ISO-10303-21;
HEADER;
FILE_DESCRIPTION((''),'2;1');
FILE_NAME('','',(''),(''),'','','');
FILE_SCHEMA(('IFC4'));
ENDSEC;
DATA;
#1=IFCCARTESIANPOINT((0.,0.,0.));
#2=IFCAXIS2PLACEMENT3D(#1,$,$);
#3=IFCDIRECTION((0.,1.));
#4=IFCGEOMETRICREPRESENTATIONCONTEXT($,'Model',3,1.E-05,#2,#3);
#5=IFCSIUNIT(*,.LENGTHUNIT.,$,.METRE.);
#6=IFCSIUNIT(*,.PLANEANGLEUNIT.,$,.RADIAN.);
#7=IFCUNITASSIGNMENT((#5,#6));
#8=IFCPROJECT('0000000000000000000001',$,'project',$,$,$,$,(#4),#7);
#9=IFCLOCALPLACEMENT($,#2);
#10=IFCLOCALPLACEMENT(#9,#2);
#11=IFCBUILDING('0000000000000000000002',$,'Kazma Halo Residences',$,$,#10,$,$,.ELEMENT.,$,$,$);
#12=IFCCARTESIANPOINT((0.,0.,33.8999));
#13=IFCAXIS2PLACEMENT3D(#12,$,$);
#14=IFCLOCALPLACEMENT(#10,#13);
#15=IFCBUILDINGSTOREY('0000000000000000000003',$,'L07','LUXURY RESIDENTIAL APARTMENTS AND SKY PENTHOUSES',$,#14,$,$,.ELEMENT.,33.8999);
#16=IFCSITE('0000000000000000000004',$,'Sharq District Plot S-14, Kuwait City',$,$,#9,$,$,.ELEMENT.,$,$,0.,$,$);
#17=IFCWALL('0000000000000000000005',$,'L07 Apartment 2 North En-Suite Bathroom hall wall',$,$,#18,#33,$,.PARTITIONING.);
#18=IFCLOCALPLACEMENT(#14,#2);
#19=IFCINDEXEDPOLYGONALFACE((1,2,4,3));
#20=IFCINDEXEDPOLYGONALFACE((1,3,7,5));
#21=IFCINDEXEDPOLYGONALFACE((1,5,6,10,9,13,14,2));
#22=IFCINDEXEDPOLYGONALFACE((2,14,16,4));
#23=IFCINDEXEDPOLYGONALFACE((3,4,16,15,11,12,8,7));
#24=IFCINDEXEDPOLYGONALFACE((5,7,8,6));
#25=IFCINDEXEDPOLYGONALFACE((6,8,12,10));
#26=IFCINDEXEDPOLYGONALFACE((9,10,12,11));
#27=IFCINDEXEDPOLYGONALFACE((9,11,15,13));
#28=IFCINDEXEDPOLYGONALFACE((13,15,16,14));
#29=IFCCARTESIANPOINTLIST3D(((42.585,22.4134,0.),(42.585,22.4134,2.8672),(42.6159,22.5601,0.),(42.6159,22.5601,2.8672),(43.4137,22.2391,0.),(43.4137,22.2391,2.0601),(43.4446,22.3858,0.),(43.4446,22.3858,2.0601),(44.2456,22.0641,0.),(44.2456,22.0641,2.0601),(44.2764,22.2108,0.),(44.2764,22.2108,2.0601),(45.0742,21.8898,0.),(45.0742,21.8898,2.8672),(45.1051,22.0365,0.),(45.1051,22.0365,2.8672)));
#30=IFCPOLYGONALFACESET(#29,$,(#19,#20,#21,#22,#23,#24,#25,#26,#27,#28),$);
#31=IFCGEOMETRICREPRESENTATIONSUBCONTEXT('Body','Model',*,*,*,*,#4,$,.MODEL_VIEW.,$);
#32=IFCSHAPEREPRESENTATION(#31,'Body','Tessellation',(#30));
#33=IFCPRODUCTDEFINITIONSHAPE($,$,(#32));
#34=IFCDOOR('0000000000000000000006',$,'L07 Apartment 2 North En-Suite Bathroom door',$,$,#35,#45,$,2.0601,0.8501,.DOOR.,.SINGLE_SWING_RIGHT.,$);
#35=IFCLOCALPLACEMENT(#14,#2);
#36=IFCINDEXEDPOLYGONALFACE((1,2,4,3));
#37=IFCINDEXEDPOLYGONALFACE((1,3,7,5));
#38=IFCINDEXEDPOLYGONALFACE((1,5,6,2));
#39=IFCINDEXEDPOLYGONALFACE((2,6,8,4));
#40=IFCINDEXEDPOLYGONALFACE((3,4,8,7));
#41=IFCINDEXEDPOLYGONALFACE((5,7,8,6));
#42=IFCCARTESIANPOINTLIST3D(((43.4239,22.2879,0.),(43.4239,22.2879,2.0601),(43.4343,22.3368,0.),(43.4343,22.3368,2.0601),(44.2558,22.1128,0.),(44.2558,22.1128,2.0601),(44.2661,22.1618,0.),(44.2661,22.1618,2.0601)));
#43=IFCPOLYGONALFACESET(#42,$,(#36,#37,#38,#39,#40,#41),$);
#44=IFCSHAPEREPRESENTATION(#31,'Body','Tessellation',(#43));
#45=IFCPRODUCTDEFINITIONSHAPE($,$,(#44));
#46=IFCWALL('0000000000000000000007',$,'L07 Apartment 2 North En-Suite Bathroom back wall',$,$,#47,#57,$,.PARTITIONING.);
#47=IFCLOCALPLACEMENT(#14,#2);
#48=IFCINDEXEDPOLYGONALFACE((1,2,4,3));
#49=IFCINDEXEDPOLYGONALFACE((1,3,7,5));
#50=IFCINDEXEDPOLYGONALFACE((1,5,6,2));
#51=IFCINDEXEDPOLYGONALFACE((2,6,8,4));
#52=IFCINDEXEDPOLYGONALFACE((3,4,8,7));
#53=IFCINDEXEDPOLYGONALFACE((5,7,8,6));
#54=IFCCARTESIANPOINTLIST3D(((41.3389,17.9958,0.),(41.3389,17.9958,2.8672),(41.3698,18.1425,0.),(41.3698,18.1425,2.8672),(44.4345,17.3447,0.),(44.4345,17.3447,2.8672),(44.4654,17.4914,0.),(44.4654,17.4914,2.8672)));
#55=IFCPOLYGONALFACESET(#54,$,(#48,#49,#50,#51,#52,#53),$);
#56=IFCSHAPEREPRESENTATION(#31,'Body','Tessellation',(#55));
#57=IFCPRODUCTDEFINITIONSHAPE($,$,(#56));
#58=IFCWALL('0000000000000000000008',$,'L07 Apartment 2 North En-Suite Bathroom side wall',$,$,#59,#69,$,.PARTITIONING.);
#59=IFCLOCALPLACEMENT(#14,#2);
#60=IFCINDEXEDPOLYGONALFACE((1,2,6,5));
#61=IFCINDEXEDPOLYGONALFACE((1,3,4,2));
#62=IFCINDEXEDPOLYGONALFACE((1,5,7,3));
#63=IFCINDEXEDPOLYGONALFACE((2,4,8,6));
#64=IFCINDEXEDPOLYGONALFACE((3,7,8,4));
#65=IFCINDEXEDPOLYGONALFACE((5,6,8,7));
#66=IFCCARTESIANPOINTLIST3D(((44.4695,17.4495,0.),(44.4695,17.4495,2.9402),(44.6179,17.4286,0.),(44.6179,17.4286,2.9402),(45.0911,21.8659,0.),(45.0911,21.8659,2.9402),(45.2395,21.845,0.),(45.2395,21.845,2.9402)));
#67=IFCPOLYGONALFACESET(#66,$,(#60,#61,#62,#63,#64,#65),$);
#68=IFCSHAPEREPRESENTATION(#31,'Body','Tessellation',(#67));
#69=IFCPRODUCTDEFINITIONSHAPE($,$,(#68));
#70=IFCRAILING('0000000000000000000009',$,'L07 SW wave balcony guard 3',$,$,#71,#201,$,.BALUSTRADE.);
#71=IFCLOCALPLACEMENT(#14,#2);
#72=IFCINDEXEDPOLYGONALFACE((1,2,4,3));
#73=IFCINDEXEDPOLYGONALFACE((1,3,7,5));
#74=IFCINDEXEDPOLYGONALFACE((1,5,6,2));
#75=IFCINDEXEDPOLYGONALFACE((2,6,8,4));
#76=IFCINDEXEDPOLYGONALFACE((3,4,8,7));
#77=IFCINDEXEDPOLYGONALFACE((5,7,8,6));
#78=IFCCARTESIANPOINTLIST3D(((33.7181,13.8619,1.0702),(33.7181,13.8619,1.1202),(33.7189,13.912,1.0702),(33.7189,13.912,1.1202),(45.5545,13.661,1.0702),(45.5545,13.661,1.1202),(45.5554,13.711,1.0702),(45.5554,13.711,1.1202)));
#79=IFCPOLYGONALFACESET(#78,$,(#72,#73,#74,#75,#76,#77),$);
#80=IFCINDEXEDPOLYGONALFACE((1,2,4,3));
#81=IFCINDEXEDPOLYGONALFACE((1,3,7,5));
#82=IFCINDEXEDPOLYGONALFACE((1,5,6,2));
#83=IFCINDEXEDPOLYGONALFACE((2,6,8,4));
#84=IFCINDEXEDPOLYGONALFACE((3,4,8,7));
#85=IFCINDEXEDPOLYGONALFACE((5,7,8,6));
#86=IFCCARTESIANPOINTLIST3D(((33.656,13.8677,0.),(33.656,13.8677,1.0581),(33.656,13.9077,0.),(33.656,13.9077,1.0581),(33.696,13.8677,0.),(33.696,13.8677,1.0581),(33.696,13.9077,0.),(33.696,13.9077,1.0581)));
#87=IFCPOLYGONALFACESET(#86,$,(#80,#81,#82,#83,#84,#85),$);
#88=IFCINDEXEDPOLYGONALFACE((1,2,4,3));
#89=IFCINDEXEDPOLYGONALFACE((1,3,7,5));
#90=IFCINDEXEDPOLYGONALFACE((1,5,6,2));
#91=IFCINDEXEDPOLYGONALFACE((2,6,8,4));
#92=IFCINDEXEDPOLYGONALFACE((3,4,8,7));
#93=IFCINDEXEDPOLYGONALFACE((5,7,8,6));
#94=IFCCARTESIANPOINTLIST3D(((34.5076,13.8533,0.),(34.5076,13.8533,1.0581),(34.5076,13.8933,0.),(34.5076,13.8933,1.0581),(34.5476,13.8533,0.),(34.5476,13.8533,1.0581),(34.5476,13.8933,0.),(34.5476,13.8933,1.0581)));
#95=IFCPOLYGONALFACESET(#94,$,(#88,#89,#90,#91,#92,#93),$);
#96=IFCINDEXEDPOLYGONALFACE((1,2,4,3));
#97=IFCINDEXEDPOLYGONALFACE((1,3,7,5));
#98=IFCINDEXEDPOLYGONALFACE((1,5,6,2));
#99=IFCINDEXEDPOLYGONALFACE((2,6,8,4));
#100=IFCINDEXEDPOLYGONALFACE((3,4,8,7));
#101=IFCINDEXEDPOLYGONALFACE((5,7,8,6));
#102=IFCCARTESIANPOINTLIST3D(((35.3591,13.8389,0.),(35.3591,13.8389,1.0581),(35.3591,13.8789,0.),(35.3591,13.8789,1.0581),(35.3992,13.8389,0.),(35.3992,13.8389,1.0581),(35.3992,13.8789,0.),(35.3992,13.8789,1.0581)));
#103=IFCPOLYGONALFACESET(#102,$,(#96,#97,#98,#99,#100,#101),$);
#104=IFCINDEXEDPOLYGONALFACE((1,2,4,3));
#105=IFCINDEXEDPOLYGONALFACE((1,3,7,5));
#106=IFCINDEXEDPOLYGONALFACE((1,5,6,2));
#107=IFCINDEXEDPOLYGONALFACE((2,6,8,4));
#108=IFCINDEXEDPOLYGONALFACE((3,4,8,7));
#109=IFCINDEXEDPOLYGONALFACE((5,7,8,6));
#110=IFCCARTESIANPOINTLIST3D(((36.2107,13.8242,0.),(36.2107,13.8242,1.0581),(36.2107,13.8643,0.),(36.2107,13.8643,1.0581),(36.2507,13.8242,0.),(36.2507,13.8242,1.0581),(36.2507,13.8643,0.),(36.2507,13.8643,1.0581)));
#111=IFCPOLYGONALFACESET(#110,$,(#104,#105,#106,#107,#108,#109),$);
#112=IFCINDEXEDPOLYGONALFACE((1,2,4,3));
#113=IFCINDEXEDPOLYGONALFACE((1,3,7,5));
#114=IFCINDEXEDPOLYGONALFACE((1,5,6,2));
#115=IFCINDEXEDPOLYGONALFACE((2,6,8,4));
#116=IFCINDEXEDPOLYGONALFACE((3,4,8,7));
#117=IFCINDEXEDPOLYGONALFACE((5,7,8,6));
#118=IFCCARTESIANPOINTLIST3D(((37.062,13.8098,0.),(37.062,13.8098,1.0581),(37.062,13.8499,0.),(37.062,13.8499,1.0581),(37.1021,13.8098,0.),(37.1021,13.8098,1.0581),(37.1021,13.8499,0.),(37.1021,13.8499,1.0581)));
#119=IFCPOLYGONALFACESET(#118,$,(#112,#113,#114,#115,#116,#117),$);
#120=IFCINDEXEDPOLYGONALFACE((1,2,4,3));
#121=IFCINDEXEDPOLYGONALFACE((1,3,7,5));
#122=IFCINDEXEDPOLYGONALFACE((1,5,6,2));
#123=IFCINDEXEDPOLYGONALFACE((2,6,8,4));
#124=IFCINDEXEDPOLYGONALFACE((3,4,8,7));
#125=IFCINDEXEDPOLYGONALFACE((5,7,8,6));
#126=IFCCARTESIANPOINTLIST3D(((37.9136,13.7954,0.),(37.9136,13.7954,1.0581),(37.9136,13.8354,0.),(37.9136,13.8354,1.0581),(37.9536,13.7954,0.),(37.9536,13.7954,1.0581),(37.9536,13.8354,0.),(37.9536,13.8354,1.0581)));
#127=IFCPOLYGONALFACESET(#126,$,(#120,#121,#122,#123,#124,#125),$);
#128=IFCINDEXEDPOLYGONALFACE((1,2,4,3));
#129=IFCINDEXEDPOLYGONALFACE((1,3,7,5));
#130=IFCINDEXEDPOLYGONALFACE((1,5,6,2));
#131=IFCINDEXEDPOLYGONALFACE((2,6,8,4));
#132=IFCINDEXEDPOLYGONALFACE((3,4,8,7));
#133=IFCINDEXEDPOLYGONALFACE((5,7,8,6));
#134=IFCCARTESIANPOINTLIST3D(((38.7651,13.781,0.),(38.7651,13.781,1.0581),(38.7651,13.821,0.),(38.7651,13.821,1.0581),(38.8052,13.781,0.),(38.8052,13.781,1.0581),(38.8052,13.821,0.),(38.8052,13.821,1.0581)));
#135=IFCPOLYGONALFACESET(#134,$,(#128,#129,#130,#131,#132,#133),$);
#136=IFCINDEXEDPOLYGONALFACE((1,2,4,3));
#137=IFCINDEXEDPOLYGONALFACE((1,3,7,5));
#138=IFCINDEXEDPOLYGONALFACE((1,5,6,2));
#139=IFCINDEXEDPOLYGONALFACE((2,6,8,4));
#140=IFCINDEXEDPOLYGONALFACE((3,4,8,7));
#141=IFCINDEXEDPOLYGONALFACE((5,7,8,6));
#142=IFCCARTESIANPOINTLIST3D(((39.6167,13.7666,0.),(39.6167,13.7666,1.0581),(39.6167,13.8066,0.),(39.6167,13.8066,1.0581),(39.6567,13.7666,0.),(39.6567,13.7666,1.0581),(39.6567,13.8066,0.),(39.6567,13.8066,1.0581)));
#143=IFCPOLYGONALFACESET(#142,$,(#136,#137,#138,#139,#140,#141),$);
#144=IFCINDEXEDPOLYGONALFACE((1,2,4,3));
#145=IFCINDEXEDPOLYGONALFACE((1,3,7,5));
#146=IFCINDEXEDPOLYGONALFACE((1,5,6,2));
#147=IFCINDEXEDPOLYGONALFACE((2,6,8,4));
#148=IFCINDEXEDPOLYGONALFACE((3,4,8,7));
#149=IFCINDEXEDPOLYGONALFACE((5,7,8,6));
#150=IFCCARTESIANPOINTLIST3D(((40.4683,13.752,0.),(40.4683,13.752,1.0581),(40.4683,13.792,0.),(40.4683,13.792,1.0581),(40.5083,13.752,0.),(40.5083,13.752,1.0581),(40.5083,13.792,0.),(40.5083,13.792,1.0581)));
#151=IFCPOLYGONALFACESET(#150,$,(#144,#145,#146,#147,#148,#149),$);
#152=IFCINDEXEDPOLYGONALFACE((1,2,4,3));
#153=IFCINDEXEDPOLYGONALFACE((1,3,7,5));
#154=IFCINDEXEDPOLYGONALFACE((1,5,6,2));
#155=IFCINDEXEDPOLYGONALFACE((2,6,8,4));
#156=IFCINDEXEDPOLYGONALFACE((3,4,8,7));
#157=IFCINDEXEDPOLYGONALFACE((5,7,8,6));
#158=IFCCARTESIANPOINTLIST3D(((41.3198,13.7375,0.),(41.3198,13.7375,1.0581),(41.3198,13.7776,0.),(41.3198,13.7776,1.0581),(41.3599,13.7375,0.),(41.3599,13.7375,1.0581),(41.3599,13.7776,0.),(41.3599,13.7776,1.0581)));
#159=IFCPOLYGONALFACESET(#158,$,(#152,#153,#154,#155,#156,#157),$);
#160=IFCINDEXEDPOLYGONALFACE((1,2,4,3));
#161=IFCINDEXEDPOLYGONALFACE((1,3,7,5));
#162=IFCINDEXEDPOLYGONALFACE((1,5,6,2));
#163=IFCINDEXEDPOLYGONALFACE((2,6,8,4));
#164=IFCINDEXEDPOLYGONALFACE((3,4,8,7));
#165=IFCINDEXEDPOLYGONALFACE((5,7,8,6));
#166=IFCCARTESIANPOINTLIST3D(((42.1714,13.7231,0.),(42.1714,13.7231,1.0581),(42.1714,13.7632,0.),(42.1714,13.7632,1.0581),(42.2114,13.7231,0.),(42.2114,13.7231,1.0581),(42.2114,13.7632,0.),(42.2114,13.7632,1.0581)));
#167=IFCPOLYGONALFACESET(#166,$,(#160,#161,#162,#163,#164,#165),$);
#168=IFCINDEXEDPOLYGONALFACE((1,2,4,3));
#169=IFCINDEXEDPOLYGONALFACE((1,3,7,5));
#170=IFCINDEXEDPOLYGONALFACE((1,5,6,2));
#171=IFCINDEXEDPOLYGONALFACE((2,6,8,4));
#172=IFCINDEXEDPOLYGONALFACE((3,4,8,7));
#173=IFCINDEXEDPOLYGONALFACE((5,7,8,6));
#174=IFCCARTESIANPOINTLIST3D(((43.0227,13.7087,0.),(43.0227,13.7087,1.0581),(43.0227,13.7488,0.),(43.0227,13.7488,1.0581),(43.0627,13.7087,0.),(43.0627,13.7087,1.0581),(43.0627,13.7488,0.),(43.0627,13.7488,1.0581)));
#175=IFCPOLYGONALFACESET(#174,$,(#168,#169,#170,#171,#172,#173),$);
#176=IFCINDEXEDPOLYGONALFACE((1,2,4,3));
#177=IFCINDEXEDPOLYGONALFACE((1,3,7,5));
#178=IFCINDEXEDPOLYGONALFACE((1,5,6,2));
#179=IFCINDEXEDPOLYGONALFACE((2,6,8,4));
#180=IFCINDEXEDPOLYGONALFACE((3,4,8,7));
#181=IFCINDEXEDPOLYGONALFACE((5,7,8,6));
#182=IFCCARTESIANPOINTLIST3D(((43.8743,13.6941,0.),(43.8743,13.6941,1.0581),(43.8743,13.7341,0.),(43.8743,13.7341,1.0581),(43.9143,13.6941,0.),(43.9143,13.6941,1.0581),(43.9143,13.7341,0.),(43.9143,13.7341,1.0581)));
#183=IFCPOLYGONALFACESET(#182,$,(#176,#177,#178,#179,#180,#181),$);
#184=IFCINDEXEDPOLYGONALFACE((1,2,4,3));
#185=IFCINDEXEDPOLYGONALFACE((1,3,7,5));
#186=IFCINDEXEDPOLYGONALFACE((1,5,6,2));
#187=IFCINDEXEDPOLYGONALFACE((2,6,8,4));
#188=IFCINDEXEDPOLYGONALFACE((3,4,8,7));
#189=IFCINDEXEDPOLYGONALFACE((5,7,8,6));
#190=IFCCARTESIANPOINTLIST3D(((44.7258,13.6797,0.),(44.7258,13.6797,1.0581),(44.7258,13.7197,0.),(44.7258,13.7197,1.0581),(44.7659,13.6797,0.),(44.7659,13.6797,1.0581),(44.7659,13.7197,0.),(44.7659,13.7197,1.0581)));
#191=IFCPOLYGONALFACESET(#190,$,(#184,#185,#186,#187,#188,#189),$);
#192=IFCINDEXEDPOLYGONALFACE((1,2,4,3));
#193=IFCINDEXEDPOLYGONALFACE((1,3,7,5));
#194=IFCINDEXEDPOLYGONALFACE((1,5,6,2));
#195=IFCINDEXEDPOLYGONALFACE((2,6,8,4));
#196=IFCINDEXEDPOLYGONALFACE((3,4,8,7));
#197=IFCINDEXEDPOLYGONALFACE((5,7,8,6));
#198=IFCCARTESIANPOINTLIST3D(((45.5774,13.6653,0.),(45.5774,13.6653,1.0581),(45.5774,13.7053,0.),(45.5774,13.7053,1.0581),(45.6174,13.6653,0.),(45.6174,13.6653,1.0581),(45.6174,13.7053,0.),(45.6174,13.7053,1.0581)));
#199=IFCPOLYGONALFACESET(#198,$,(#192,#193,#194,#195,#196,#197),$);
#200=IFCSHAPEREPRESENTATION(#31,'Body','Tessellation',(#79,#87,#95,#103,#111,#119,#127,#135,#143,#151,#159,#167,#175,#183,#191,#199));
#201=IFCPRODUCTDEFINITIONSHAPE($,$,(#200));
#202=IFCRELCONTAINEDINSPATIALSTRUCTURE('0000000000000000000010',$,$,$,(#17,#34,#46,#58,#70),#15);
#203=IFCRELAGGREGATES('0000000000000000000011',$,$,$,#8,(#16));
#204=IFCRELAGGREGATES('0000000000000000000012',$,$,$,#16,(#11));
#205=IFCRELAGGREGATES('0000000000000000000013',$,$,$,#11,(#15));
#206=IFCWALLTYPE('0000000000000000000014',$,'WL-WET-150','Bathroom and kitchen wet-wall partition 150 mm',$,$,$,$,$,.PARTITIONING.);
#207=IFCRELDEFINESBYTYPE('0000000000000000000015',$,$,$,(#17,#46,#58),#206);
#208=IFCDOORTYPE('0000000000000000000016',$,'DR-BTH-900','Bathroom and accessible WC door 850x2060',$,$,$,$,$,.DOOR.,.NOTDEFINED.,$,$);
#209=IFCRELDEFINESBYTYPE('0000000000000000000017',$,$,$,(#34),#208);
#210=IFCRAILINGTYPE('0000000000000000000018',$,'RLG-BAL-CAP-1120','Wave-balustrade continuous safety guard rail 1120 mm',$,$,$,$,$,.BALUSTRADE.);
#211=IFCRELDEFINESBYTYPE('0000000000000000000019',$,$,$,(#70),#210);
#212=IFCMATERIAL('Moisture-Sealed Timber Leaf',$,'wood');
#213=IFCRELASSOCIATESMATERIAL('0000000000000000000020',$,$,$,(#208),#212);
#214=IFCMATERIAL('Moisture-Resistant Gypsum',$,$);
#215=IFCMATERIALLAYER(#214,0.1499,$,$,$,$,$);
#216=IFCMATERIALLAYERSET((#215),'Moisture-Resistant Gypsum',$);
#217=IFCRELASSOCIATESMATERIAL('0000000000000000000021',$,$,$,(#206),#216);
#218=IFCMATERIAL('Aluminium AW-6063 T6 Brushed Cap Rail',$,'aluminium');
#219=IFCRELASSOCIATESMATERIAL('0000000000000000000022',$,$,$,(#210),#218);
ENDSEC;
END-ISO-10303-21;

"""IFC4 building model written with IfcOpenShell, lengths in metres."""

from ifc_helpers import new_model, si_unit, direction, frame, frame_2d, origin, origin_2d, place, context, subcontext, project, spatial, rectangle, extrude, material, layer, layer_set, type_object, element, fill, save


model = new_model("IFC4")

# Units and contexts
model_context = context("Model", 3, precision=1e-05, world=origin(), true_north=direction((0.0, 1.0)))
body_context = subcontext(model_context, "Body", "Model", "MODEL_VIEW")
ifc_project = project(units=[si_unit("LENGTHUNIT", "METRE"), si_unit("PLANEANGLEUNIT", "RADIAN")], contexts=[model_context])

# Site, building, storey
site_placement = place(None, origin())
site = spatial("IfcSite", under=ifc_project, at=site_placement, Name="Sharq District Plot S-14, Kuwait City", CompositionType="ELEMENT", RefElevation=0.0)
building_placement = place(site_placement, origin())
building = spatial("IfcBuilding", under=site, at=building_placement, Name="Kazma Halo Residences", CompositionType="ELEMENT")
storey_placement = place(building_placement, frame((0.0, 0.0, 33.8999)))
storey = spatial("IfcBuildingStorey", under=building, at=storey_placement, Name="L07", Description="LUXURY RESIDENTIAL APARTMENTS AND SKY PENTHOUSES", CompositionType="ELEMENT", Elevation=33.8999)

# Wall, opening, door
ifc_material_1 = material(Name="Moisture-Sealed Timber Leaf", Category="wood")
door_type_1 = type_object("IfcDoorType", Name="DR-BTH-900", Description="Bathroom and accessible WC door 850x2060", OperationType="NOTDEFINED", PredefinedType="DOOR", material=ifc_material_1)
ifc_material_2 = material(Name="Moisture-Resistant Gypsum")
ifc_layer_1 = layer(ifc_material_2, 0.1499)
ifc_layer_set_1 = layer_set([ifc_layer_1], Name="Moisture-Resistant Gypsum")
wall_type_1 = type_object("IfcWallType", Name="WL-WET-150", Description="Bathroom and kitchen wet-wall partition 150 mm", PredefinedType="PARTITIONING", material=ifc_layer_set_1)
wall_1_placement = place(storey_placement, frame((42.6003, 22.4868, 0.0), z_axis=(0.0, 0.0, 1.0), x_axis=(0.978579, -0.20587, 0.0)))
wall_1 = element("IfcWall", 1, at=wall_1_placement, inside=storey, type_object=wall_type_1, Name="L07 Apartment 2 North En-Suite Bathroom hall wall", PredefinedType="PARTITIONING", context=body_context, shape_type="SweptSolid", body=[
    extrude(rectangle(XDim=2.5437, YDim=0.1499, at=frame_2d((1.272, 0.0))), origin(), (0.0, 0.0, 1.0), 2.8672),
])
opening_1_placement = place(wall_1_placement, frame((0.8469, 0.0, 0.0)))
opening_1 = element("IfcOpeningElement", 2, at=opening_1_placement, cuts=wall_1, PredefinedType="OPENING", context=body_context, shape_type="SweptSolid", body=[
    extrude(rectangle(XDim=0.8501, YDim=2.0601, at=frame_2d((0.425, 1.03))), frame((0.0, 0.085, 0.0), z_axis=(0.0, -1.0, 0.0), x_axis=(1.0, 0.0, 0.0)), (0.0, 0.0, 1.0), 0.1699),
])
door_1_placement = place(opening_1_placement, origin())
door_1 = element("IfcDoor", 3, at=door_1_placement, inside=storey, type_object=door_type_1, Name="L07 Apartment 2 North En-Suite Bathroom door", OperationType="SINGLE_SWING_RIGHT", OverallHeight=2.0601, OverallWidth=0.8501, PredefinedType="DOOR", context=body_context, shape_type="SweptSolid", body=[
    extrude(rectangle(XDim=0.8501, YDim=2.0601, at=frame_2d((0.425, 1.03))), frame((0.0, 0.0249, 0.0), z_axis=(0.0, -1.0, 0.0), x_axis=(1.0, 0.0, 0.0)), (0.0, 0.0, 1.0), 0.05),
])
fill(opening_1, door_1)

# Walls
wall_2_placement = place(storey_placement, frame((41.3545, 18.0691, 0.0), z_axis=(0.0, 0.0, 1.0), x_axis=(0.978588, -0.205828, 0.0)))
element("IfcWall", 4, at=wall_2_placement, inside=storey, type_object=wall_type_1, Name="L07 Apartment 2 North En-Suite Bathroom back wall", PredefinedType="PARTITIONING", context=body_context, shape_type="SweptSolid", body=[
    extrude(rectangle(XDim=3.1633, YDim=0.1499, at=frame_2d((1.5815, 0.0))), origin(), (0.0, 0.0, 1.0), 2.8672),
])
wall_3_placement = place(storey_placement, frame((45.1653, 21.8555, 0.0), z_axis=(0.0, 0.0, 1.0), x_axis=(-0.139367, -0.990241, 0.0)))
element("IfcWall", 5, at=wall_3_placement, inside=storey, type_object=wall_type_1, Name="L07 Apartment 2 North En-Suite Bathroom side wall", PredefinedType="PARTITIONING", context=body_context, shape_type="SweptSolid", body=[
    extrude(rectangle(XDim=4.46, YDim=0.1499, at=frame_2d((2.23, 0.0))), origin(), (0.0, 0.0, 1.0), 2.9402),
])

# Railing
ifc_material_3 = material(Name="Aluminium AW-6063 T6 Brushed Cap Rail", Category="aluminium")
railing_type = type_object("IfcRailingType", Name="RLG-BAL-CAP-1120", Description="Wave-balustrade continuous safety guard rail 1120 mm", PredefinedType="BALUSTRADE", material=ifc_material_3)
railing_1_placement = place(storey_placement, frame((33.676, 13.8877, 0.0)))
element("IfcRailing", 6, at=railing_1_placement, inside=storey, type_object=railing_type, Name="L07 SW wave balcony guard 3", PredefinedType="BALUSTRADE", context=body_context, shape_type="SweptSolid", body=[
    extrude(rectangle(XDim=0.05, YDim=0.05, at=origin_2d()), frame((0.0425, -0.0007, 1.0952), z_axis=(0.999856, -0.016975, 0.0), x_axis=(0.016975, 0.999856, 0.0)), (0.0, 0.0, 1.0), 11.8381),
    extrude(rectangle(XDim=0.04, YDim=0.04, at=origin_2d()), origin(), (0.0, 0.0, 1.0), 1.0581),
    extrude(rectangle(XDim=0.04, YDim=0.04, at=origin_2d()), frame((0.8516, -0.0144, 0.0)), (0.0, 0.0, 1.0), 1.0581),
    extrude(rectangle(XDim=0.04, YDim=0.04, at=origin_2d()), frame((1.7031, -0.0288, 0.0)), (0.0, 0.0, 1.0), 1.0581),
    extrude(rectangle(XDim=0.04, YDim=0.04, at=origin_2d()), frame((2.5547, -0.0435, 0.0)), (0.0, 0.0, 1.0), 1.0581),
    extrude(rectangle(XDim=0.04, YDim=0.04, at=origin_2d()), frame((3.406, -0.0579, 0.0)), (0.0, 0.0, 1.0), 1.0581),
    extrude(rectangle(XDim=0.04, YDim=0.04, at=origin_2d()), frame((4.2576, -0.0723, 0.0)), (0.0, 0.0, 1.0), 1.0581),
    extrude(rectangle(XDim=0.04, YDim=0.04, at=origin_2d()), frame((5.1091, -0.0867, 0.0)), (0.0, 0.0, 1.0), 1.0581),
    extrude(rectangle(XDim=0.04, YDim=0.04, at=origin_2d()), frame((5.9607, -0.1011, 0.0)), (0.0, 0.0, 1.0), 1.0581),
    extrude(rectangle(XDim=0.04, YDim=0.04, at=origin_2d()), frame((6.8123, -0.1157, 0.0)), (0.0, 0.0, 1.0), 1.0581),
    extrude(rectangle(XDim=0.04, YDim=0.04, at=origin_2d()), frame((7.6638, -0.1301, 0.0)), (0.0, 0.0, 1.0), 1.0581),
    extrude(rectangle(XDim=0.04, YDim=0.04, at=origin_2d()), frame((8.5154, -0.1445, 0.0)), (0.0, 0.0, 1.0), 1.0581),
    extrude(rectangle(XDim=0.04, YDim=0.04, at=origin_2d()), frame((9.3667, -0.1589, 0.0)), (0.0, 0.0, 1.0), 1.0581),
    extrude(rectangle(XDim=0.04, YDim=0.04, at=origin_2d()), frame((10.2183, -0.1736, 0.0)), (0.0, 0.0, 1.0), 1.0581),
    extrude(rectangle(XDim=0.04, YDim=0.04, at=origin_2d()), frame((11.0698, -0.188, 0.0)), (0.0, 0.0, 1.0), 1.0581),
    extrude(rectangle(XDim=0.04, YDim=0.04, at=origin_2d()), frame((11.9214, -0.2024, 0.0)), (0.0, 0.0, 1.0), 1.0581),
])

save(model, "model.ifc")
